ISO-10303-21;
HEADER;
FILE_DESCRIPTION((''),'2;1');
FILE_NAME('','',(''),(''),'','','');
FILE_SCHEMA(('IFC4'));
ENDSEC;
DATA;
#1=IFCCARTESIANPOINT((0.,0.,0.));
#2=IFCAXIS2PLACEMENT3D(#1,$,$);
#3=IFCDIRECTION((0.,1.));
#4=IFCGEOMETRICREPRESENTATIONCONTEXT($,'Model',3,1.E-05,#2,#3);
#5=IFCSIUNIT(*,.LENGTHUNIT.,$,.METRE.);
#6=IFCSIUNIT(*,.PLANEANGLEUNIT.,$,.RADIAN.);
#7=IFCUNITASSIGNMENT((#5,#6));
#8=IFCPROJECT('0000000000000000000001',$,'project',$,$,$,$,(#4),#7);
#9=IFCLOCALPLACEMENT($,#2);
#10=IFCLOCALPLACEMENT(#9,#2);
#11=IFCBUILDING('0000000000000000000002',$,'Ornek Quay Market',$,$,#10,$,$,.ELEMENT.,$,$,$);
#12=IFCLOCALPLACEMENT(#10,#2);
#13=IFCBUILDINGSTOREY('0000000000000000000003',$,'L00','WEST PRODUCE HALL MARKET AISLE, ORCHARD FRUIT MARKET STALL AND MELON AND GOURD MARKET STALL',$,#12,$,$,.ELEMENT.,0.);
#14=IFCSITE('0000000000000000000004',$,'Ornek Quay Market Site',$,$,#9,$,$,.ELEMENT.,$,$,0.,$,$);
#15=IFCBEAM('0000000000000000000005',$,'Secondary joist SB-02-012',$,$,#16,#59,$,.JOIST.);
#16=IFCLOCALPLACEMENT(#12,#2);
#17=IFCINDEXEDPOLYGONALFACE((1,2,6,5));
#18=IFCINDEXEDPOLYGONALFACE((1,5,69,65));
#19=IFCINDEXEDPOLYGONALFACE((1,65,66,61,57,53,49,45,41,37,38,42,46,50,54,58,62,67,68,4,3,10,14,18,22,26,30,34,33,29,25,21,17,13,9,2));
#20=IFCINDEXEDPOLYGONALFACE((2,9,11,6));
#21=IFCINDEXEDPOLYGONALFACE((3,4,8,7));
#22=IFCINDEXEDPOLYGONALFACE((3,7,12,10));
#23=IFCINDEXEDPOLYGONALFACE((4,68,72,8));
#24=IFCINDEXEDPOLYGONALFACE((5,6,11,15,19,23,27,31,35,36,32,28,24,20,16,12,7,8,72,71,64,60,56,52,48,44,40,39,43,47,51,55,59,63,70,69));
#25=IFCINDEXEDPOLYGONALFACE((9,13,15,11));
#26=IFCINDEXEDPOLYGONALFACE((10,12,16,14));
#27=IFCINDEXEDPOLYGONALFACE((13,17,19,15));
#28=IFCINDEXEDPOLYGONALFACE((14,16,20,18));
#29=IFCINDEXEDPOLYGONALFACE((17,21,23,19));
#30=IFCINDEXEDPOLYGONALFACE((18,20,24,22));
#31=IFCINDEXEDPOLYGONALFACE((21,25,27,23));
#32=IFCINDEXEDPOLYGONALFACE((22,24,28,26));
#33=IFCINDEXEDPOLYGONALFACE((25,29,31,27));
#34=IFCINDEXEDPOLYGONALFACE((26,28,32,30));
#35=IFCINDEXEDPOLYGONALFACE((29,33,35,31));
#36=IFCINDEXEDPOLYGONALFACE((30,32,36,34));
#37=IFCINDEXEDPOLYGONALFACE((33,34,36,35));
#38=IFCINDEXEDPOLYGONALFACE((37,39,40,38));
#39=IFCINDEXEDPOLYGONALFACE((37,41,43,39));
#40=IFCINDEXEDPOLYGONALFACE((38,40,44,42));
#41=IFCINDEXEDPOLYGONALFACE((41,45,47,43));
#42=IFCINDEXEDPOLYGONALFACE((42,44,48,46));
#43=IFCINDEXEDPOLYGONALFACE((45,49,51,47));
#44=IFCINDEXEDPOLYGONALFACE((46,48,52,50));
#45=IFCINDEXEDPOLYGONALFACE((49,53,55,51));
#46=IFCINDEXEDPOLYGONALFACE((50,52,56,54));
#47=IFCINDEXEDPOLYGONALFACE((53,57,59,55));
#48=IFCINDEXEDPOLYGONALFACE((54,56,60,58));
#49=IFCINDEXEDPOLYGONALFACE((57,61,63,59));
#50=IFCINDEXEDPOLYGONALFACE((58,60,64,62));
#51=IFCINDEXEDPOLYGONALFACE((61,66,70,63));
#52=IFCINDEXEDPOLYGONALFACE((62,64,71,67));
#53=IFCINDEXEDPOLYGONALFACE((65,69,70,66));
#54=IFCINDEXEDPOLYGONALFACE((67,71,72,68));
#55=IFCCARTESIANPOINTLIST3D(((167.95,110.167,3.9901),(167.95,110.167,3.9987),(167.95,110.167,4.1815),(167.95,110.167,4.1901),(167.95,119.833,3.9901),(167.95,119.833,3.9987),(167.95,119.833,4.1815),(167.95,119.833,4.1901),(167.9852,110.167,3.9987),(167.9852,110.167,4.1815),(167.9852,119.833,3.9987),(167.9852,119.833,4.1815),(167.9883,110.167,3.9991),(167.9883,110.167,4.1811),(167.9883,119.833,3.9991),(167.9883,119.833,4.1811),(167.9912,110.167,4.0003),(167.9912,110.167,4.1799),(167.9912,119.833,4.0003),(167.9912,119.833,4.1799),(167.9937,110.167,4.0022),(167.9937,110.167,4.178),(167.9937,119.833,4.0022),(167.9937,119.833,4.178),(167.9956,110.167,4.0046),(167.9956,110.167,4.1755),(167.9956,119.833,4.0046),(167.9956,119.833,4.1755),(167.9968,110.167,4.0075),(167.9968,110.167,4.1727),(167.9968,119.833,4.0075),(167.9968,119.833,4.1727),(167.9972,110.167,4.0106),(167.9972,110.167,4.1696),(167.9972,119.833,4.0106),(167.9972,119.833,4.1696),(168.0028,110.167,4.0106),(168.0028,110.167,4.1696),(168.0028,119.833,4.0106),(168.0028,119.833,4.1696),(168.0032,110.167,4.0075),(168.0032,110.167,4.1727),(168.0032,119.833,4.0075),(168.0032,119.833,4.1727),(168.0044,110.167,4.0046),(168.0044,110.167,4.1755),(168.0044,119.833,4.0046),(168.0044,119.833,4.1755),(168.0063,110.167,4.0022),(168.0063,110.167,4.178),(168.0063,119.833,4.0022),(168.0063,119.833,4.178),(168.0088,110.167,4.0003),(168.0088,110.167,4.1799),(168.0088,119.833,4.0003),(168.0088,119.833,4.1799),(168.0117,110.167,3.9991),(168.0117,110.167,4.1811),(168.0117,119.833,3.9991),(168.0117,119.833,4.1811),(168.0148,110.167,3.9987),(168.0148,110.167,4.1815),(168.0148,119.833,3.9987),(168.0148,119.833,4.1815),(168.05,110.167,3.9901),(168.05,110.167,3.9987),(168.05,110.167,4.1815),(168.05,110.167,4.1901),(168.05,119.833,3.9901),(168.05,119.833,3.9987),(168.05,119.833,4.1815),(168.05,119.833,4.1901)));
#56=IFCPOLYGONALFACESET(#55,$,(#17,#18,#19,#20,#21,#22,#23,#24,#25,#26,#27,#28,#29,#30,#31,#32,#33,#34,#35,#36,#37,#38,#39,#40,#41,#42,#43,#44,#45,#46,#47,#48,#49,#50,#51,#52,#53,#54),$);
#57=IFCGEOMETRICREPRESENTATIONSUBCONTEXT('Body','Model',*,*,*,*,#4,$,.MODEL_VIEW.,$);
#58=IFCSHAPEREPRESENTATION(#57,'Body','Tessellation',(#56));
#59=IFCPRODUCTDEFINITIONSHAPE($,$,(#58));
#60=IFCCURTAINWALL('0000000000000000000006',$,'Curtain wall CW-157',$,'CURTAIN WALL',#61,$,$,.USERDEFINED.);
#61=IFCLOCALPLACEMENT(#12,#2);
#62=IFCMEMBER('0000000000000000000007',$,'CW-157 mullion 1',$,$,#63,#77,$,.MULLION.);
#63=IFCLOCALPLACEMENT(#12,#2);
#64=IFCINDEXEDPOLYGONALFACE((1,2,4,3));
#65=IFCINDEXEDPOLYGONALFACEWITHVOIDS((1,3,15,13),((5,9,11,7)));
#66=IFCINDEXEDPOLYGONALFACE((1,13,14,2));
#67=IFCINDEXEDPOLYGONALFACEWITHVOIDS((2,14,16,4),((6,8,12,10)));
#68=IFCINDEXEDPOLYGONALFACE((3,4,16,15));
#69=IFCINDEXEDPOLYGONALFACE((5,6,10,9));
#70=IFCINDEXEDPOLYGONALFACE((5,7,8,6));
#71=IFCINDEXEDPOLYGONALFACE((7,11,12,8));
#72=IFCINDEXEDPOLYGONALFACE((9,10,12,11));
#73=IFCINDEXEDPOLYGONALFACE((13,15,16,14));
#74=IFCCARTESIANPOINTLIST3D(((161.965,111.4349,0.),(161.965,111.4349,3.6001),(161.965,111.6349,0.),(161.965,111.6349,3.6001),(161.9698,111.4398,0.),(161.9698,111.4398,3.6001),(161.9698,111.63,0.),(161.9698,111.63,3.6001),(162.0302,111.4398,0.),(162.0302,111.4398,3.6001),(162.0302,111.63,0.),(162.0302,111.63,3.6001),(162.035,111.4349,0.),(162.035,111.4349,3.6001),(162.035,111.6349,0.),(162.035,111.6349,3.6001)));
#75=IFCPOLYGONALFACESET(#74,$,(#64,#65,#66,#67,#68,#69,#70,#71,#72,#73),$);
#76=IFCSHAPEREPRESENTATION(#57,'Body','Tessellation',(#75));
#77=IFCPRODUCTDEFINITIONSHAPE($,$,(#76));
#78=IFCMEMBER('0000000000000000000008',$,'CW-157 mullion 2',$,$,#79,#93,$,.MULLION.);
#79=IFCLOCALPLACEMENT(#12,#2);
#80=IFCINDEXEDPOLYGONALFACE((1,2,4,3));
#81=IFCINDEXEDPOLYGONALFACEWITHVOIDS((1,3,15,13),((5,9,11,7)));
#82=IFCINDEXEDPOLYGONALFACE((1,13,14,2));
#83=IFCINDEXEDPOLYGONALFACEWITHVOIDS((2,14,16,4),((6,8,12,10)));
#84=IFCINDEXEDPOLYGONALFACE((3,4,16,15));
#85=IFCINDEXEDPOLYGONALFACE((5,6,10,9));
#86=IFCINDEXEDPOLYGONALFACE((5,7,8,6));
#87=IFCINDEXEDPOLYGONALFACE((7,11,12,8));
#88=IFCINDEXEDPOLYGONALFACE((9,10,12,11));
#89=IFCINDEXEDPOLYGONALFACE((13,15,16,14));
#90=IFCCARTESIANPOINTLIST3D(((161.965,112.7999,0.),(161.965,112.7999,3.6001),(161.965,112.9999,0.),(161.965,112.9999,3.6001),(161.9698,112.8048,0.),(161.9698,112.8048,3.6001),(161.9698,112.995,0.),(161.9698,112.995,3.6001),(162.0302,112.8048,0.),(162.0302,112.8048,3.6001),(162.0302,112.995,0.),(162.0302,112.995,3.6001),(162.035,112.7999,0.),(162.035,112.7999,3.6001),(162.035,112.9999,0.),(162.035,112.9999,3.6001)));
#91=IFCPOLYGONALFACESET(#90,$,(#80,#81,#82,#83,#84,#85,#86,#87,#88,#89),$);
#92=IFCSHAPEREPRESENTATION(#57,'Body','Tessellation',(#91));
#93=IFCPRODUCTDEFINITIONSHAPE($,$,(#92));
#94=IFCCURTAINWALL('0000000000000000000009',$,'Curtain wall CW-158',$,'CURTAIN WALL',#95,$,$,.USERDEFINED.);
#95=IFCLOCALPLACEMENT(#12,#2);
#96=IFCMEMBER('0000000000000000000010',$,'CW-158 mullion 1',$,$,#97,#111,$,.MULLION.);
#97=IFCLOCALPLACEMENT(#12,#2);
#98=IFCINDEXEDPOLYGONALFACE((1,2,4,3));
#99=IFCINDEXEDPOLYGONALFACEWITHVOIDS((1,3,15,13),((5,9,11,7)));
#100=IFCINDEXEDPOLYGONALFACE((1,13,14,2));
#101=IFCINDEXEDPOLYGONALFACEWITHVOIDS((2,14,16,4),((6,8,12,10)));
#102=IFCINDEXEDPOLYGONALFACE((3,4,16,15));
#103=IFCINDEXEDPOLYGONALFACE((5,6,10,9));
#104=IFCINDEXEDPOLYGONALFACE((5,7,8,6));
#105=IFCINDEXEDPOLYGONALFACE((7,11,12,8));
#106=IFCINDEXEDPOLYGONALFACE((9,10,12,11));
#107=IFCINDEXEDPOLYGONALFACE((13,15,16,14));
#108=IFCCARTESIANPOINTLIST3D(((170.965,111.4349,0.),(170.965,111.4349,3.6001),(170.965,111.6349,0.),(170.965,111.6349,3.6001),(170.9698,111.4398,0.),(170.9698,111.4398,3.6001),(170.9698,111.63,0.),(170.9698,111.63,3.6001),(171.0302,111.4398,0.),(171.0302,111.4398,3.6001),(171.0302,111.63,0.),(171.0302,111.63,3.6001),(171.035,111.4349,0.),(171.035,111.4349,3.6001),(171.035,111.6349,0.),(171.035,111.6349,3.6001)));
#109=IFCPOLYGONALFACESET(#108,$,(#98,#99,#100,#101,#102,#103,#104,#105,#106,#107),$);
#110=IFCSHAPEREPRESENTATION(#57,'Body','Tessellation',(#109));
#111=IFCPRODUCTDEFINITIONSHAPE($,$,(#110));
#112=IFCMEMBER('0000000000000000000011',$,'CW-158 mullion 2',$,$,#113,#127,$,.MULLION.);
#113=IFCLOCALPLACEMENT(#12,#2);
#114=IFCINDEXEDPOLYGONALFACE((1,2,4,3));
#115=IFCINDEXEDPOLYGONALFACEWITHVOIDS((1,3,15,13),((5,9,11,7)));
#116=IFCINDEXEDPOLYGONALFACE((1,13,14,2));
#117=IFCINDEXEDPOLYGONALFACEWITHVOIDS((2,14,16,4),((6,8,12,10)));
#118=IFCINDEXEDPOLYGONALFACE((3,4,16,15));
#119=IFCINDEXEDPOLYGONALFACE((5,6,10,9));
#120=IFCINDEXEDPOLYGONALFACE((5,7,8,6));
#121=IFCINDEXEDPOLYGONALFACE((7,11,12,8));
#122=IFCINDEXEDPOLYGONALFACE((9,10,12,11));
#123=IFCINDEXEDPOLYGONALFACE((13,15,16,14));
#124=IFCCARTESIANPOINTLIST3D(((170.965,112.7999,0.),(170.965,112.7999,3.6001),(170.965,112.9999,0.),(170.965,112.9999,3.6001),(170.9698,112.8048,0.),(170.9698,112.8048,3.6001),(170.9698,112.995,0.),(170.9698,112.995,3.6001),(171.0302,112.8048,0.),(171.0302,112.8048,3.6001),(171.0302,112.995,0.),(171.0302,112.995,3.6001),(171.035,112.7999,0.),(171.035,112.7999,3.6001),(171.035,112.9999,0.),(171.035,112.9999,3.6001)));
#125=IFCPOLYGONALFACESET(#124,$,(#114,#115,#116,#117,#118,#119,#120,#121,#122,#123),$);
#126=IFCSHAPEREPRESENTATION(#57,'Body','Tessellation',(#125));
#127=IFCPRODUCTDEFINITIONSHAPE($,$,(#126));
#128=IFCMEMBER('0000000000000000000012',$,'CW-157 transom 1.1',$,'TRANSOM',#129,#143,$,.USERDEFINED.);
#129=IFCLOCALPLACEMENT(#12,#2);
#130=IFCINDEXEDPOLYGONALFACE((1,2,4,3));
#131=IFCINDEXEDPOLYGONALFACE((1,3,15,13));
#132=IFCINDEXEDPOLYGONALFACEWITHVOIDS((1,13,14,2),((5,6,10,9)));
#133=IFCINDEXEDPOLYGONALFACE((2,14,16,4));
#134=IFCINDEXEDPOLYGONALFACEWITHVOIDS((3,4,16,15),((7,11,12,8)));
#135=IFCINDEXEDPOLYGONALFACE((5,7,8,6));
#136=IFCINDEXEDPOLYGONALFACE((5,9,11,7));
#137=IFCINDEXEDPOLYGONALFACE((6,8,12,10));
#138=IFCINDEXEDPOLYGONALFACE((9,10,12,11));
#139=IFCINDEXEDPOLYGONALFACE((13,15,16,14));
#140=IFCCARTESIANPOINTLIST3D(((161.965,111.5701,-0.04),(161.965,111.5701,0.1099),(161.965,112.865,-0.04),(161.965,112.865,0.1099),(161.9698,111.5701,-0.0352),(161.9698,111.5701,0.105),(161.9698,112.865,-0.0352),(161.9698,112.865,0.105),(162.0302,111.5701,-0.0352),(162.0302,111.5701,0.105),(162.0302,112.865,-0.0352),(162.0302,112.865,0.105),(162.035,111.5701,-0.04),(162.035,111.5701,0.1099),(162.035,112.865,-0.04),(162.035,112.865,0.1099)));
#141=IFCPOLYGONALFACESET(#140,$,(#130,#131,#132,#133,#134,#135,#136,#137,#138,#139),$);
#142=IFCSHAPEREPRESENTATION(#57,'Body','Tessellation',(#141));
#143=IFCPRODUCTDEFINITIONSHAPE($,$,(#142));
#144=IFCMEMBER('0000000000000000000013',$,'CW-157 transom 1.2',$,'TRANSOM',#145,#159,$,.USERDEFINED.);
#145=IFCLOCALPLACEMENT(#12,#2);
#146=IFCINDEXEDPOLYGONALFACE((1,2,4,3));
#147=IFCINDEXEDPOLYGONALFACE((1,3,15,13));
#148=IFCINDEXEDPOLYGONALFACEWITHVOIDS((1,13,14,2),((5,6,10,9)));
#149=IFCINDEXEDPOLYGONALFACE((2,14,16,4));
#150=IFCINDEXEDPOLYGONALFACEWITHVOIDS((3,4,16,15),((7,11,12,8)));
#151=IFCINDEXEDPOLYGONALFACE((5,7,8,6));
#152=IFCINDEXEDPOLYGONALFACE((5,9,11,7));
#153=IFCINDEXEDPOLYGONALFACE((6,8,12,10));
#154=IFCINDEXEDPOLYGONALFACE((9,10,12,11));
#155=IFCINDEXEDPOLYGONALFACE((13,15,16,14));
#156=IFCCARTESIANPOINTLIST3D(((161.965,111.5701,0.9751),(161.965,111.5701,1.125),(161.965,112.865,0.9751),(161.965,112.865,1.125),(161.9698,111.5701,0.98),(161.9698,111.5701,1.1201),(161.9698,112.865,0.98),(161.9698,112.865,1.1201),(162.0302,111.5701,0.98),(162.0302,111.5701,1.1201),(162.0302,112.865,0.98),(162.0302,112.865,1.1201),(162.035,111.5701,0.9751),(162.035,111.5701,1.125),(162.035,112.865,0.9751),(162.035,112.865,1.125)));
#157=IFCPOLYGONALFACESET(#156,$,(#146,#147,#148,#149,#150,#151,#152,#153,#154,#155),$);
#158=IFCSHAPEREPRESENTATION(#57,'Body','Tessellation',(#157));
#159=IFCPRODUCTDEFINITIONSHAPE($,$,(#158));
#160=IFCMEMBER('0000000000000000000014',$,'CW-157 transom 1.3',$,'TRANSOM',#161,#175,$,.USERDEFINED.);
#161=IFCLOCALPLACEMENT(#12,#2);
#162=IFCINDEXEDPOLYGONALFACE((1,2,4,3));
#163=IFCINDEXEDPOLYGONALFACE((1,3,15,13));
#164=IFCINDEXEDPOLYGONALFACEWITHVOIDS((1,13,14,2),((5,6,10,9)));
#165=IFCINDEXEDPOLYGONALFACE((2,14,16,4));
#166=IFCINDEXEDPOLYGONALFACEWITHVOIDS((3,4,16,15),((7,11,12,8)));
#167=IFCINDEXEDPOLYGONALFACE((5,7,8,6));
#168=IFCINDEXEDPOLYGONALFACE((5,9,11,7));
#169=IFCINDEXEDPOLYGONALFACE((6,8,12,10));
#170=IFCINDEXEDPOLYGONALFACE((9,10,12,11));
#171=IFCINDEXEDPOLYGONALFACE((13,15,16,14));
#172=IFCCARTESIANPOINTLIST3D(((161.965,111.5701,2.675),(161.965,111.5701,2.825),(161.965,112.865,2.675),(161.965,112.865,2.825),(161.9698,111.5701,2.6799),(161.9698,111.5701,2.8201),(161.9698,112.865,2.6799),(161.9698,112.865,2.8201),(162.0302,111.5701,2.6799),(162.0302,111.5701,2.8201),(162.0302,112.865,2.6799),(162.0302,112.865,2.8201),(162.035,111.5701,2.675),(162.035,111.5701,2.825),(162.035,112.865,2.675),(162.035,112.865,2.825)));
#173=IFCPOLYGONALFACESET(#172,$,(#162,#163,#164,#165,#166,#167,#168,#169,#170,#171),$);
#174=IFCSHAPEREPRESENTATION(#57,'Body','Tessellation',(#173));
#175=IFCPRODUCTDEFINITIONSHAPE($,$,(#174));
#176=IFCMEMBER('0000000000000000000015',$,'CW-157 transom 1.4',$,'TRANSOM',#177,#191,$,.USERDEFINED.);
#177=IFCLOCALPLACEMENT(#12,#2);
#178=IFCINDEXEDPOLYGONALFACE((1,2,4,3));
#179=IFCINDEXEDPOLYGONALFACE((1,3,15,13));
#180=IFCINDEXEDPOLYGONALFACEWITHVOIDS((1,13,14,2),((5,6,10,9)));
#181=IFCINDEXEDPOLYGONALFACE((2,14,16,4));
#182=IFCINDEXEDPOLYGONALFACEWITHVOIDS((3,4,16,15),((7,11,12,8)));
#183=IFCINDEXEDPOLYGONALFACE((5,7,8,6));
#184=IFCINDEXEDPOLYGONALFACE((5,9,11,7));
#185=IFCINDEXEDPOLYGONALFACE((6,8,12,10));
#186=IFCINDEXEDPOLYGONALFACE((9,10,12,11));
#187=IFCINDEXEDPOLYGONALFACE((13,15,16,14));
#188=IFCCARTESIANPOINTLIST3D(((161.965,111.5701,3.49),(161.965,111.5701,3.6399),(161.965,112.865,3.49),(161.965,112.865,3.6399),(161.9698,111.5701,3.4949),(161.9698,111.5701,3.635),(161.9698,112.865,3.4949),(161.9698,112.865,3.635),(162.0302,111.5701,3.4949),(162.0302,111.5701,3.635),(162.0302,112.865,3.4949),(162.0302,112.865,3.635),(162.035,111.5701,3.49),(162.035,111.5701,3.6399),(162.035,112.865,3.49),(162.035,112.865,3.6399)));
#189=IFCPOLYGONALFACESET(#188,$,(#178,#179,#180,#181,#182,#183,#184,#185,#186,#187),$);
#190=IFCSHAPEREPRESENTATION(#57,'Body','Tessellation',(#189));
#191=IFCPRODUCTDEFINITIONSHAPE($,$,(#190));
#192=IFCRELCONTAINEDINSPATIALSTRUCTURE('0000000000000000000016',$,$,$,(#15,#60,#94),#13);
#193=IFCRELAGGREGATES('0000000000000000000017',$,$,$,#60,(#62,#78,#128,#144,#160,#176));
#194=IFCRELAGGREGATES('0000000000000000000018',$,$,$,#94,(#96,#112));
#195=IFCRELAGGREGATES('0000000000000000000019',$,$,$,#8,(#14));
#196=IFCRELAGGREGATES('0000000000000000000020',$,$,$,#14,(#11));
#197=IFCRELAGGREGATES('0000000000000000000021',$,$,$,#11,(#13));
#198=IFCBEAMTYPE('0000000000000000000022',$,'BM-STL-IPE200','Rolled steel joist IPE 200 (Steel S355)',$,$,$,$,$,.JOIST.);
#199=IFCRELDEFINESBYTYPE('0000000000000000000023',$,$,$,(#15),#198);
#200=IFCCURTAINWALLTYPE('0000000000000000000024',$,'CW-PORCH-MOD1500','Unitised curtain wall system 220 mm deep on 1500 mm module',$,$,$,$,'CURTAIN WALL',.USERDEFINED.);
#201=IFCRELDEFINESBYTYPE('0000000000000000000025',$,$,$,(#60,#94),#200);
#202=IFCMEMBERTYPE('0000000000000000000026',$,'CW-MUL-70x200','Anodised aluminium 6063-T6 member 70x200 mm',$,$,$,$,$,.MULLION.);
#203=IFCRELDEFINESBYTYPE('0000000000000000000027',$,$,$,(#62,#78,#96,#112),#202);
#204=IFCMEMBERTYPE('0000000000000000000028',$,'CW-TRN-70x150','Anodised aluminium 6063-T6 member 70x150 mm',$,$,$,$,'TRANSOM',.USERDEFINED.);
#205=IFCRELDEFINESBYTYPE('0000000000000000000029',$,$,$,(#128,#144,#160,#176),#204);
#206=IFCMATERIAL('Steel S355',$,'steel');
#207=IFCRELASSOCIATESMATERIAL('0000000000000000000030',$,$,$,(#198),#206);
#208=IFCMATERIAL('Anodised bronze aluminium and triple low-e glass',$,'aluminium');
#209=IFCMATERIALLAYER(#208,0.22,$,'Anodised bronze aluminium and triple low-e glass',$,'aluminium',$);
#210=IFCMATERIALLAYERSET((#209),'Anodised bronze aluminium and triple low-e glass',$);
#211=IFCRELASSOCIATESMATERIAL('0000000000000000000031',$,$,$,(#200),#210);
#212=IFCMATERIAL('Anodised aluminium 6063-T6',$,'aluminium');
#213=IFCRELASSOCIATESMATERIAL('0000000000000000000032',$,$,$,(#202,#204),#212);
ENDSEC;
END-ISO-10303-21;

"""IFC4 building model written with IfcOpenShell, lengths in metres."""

from ifc_helpers import new_model, si_unit, direction, frame, origin, origin_2d, place, context, subcontext, project, spatial, hollow_rectangle, i_section, extrude, material, layer, layer_set, material_profile, profile_set, type_object, element, aggregate, save


model = new_model("IFC4")

# Units and contexts
model_context = context("Model", 3, precision=1e-05, world=origin(), true_north=direction((0.0, 1.0)))
body_context = subcontext(model_context, "Body", "Model", "MODEL_VIEW")
ifc_project = project(units=[si_unit("LENGTHUNIT", "METRE"), si_unit("PLANEANGLEUNIT", "RADIAN")], contexts=[model_context])

# Site, building, storey
site_placement = place(None, origin())
site = spatial("IfcSite", under=ifc_project, at=site_placement, Name="Ornek Quay Market Site", CompositionType="ELEMENT", RefElevation=0.0)
building_placement = place(site_placement, origin())
building = spatial("IfcBuilding", under=site, at=building_placement, Name="Ornek Quay Market", CompositionType="ELEMENT")
storey_placement = place(building_placement, origin())
storey = spatial("IfcBuildingStorey", under=building, at=storey_placement, Name="L00", Description="WEST PRODUCE HALL MARKET AISLE, ORCHARD FRUIT MARKET STALL AND MELON AND GOURD MARKET STALL", CompositionType="ELEMENT", Elevation=0.0)

# Beam
ifc_material_1 = material(Name="Steel S355", Category="steel")
ifc_material_profile_1 = material_profile(ifc_material_1, i_section(OverallWidth=0.1001, OverallDepth=0.2, WebThickness=0.0056, FlangeThickness=0.0085, FilletRadius=0.012, at=origin_2d()), Name="IPE 200", Category="steel")
ifc_profile_set_1 = profile_set([ifc_material_profile_1], Name="Steel S355")
beam_type_1 = type_object("IfcBeamType", Name="BM-STL-IPE200", Description="Rolled steel joist IPE 200 (Steel S355)", PredefinedType="JOIST", material=ifc_profile_set_1)
for number, where, z_axis, x_axis, name in (
    (1, (168.0, 110.167, 4.0901), (0.0, 1.0, 0.0), (-1.0, 0.0, 0.0), "Secondary joist SB-02-012"),
):
    element("IfcBeam", number, at=place(storey_placement, frame(where, z_axis=z_axis, x_axis=x_axis)), inside=storey, type_object=beam_type_1, Name=name, PredefinedType="JOIST", context=body_context, shape_type="SweptSolid", body=[
        extrude(i_section(OverallWidth=0.1001, OverallDepth=0.2, WebThickness=0.0056, FlangeThickness=0.0085, FilletRadius=0.012, at=origin_2d()), origin(), (0.0, 0.0, 1.0), 9.666),
    ])

# Curtain walls, members
ifc_material_2 = material(Name="Anodised bronze aluminium and triple low-e glass", Category="aluminium")
ifc_layer_1 = layer(ifc_material_2, 0.22, Name="Anodised bronze aluminium and triple low-e glass", Category="aluminium")
ifc_layer_set_1 = layer_set([ifc_layer_1], Name="Anodised bronze aluminium and triple low-e glass")
curtain_wall_type = type_object("IfcCurtainWallType", Name="CW-PORCH-MOD1500", Description="Unitised curtain wall system 220 mm deep on 1500 mm module", ElementType="CURTAIN WALL", PredefinedType="USERDEFINED", material=ifc_layer_set_1)
curtain_wall_1_placement = place(storey_placement, origin())
curtain_wall_1 = element("IfcCurtainWall", 2, at=curtain_wall_1_placement, inside=storey, type_object=curtain_wall_type, Name="Curtain wall CW-157", ObjectType="CURTAIN WALL", PredefinedType="USERDEFINED")
ifc_material_3 = material(Name="Anodised aluminium 6063-T6", Category="aluminium")
ifc_material_profile_2 = material_profile(ifc_material_3, hollow_rectangle(XDim=0.0701, YDim=0.2, WallThickness=0.0049, at=origin_2d()), Name="CW-MUL-70x200", Category="aluminium")
ifc_profile_set_2 = profile_set([ifc_material_profile_2], Name="Anodised aluminium 6063-T6")
member_type_1 = type_object("IfcMemberType", Name="CW-MUL-70x200", Description="Anodised aluminium 6063-T6 member 70x200 mm", PredefinedType="MULLION", material=ifc_profile_set_2)
member_1_placement = place(storey_placement, frame((162.0, 111.5349, 0.0), z_axis=(0.0, 0.0, 1.0), x_axis=(-1.0, 0.0, 0.0)))
member_1 = element("IfcMember", 3, at=member_1_placement, type_object=member_type_1, Name="CW-157 mullion 1", PredefinedType="MULLION", context=body_context, shape_type="SweptSolid", body=[
    extrude(hollow_rectangle(XDim=0.0701, YDim=0.2, WallThickness=0.0049, at=origin_2d()), origin(), (0.0, 0.0, 1.0), 3.6001),
])
member_2_placement = place(storey_placement, frame((162.0, 112.8999, 0.0), z_axis=(0.0, 0.0, 1.0), x_axis=(-1.0, 0.0, 0.0)))
member_2 = element("IfcMember", 4, at=member_2_placement, type_object=member_type_1, Name="CW-157 mullion 2", PredefinedType="MULLION", context=body_context, shape_type="SweptSolid", body=[
    extrude(hollow_rectangle(XDim=0.0701, YDim=0.2, WallThickness=0.0049, at=origin_2d()), origin(), (0.0, 0.0, 1.0), 3.6001),
])
curtain_wall_2_placement = place(storey_placement, origin())
curtain_wall_2 = element("IfcCurtainWall", 5, at=curtain_wall_2_placement, inside=storey, type_object=curtain_wall_type, Name="Curtain wall CW-158", ObjectType="CURTAIN WALL", PredefinedType="USERDEFINED")
member_3_placement = place(storey_placement, frame((171.0, 111.5349, 0.0), z_axis=(0.0, 0.0, 1.0), x_axis=(-1.0, 0.0, 0.0)))
member_3 = element("IfcMember", 6, at=member_3_placement, type_object=member_type_1, Name="CW-158 mullion 1", PredefinedType="MULLION", context=body_context, shape_type="SweptSolid", body=[
    extrude(hollow_rectangle(XDim=0.0701, YDim=0.2, WallThickness=0.0049, at=origin_2d()), origin(), (0.0, 0.0, 1.0), 3.6001),
])
member_4_placement = place(storey_placement, frame((171.0, 112.8999, 0.0), z_axis=(0.0, 0.0, 1.0), x_axis=(-1.0, 0.0, 0.0)))
member_4 = element("IfcMember", 7, at=member_4_placement, type_object=member_type_1, Name="CW-158 mullion 2", PredefinedType="MULLION", context=body_context, shape_type="SweptSolid", body=[
    extrude(hollow_rectangle(XDim=0.0701, YDim=0.2, WallThickness=0.0049, at=origin_2d()), origin(), (0.0, 0.0, 1.0), 3.6001),
])

# Members
ifc_material_profile_3 = material_profile(ifc_material_3, hollow_rectangle(XDim=0.0701, YDim=0.1499, WallThickness=0.0049, at=origin_2d()), Name="CW-TRN-70x150", Category="aluminium")
ifc_profile_set_3 = profile_set([ifc_material_profile_3], Name="Anodised aluminium 6063-T6")
member_type_2 = type_object("IfcMemberType", Name="CW-TRN-70x150", Description="Anodised aluminium 6063-T6 member 70x150 mm", ElementType="TRANSOM", PredefinedType="USERDEFINED", material=ifc_profile_set_3)
member_5_placement = place(storey_placement, frame((162.0, 111.5701, 0.0349), z_axis=(0.0, 1.0, 0.0), x_axis=(-1.0, 0.0, 0.0)))
member_5 = element("IfcMember", 8, at=member_5_placement, type_object=member_type_2, Name="CW-157 transom 1.1", ObjectType="TRANSOM", PredefinedType="USERDEFINED", context=body_context, shape_type="SweptSolid", body=[
    extrude(hollow_rectangle(XDim=0.0701, YDim=0.1499, WallThickness=0.0049, at=origin_2d()), origin(), (0.0, 0.0, 1.0), 1.2949),
])
member_6_placement = place(storey_placement, frame((162.0, 111.5701, 1.05), z_axis=(0.0, 1.0, 0.0), x_axis=(-1.0, 0.0, 0.0)))
member_6 = element("IfcMember", 9, at=member_6_placement, type_object=member_type_2, Name="CW-157 transom 1.2", ObjectType="TRANSOM", PredefinedType="USERDEFINED", context=body_context, shape_type="SweptSolid", body=[
    extrude(hollow_rectangle(XDim=0.0701, YDim=0.1499, WallThickness=0.0049, at=origin_2d()), origin(), (0.0, 0.0, 1.0), 1.2949),
])
member_7_placement = place(storey_placement, frame((162.0, 111.5701, 2.75), z_axis=(0.0, 1.0, 0.0), x_axis=(-1.0, 0.0, 0.0)))
member_7 = element("IfcMember", 10, at=member_7_placement, type_object=member_type_2, Name="CW-157 transom 1.3", ObjectType="TRANSOM", PredefinedType="USERDEFINED", context=body_context, shape_type="SweptSolid", body=[
    extrude(hollow_rectangle(XDim=0.0701, YDim=0.1499, WallThickness=0.0049, at=origin_2d()), origin(), (0.0, 0.0, 1.0), 1.2949),
])
member_8_placement = place(storey_placement, frame((162.0, 111.5701, 3.5649), z_axis=(0.0, 1.0, 0.0), x_axis=(-1.0, 0.0, 0.0)))
member_8 = element("IfcMember", 11, at=member_8_placement, type_object=member_type_2, Name="CW-157 transom 1.4", ObjectType="TRANSOM", PredefinedType="USERDEFINED", context=body_context, shape_type="SweptSolid", body=[
    extrude(hollow_rectangle(XDim=0.0701, YDim=0.1499, WallThickness=0.0049, at=origin_2d()), origin(), (0.0, 0.0, 1.0), 1.2949),
])

aggregate(curtain_wall_1, [member_1, member_2, member_5, member_6, member_7, member_8])
aggregate(curtain_wall_2, [member_3, member_4])

save(model, "model.ifc")
